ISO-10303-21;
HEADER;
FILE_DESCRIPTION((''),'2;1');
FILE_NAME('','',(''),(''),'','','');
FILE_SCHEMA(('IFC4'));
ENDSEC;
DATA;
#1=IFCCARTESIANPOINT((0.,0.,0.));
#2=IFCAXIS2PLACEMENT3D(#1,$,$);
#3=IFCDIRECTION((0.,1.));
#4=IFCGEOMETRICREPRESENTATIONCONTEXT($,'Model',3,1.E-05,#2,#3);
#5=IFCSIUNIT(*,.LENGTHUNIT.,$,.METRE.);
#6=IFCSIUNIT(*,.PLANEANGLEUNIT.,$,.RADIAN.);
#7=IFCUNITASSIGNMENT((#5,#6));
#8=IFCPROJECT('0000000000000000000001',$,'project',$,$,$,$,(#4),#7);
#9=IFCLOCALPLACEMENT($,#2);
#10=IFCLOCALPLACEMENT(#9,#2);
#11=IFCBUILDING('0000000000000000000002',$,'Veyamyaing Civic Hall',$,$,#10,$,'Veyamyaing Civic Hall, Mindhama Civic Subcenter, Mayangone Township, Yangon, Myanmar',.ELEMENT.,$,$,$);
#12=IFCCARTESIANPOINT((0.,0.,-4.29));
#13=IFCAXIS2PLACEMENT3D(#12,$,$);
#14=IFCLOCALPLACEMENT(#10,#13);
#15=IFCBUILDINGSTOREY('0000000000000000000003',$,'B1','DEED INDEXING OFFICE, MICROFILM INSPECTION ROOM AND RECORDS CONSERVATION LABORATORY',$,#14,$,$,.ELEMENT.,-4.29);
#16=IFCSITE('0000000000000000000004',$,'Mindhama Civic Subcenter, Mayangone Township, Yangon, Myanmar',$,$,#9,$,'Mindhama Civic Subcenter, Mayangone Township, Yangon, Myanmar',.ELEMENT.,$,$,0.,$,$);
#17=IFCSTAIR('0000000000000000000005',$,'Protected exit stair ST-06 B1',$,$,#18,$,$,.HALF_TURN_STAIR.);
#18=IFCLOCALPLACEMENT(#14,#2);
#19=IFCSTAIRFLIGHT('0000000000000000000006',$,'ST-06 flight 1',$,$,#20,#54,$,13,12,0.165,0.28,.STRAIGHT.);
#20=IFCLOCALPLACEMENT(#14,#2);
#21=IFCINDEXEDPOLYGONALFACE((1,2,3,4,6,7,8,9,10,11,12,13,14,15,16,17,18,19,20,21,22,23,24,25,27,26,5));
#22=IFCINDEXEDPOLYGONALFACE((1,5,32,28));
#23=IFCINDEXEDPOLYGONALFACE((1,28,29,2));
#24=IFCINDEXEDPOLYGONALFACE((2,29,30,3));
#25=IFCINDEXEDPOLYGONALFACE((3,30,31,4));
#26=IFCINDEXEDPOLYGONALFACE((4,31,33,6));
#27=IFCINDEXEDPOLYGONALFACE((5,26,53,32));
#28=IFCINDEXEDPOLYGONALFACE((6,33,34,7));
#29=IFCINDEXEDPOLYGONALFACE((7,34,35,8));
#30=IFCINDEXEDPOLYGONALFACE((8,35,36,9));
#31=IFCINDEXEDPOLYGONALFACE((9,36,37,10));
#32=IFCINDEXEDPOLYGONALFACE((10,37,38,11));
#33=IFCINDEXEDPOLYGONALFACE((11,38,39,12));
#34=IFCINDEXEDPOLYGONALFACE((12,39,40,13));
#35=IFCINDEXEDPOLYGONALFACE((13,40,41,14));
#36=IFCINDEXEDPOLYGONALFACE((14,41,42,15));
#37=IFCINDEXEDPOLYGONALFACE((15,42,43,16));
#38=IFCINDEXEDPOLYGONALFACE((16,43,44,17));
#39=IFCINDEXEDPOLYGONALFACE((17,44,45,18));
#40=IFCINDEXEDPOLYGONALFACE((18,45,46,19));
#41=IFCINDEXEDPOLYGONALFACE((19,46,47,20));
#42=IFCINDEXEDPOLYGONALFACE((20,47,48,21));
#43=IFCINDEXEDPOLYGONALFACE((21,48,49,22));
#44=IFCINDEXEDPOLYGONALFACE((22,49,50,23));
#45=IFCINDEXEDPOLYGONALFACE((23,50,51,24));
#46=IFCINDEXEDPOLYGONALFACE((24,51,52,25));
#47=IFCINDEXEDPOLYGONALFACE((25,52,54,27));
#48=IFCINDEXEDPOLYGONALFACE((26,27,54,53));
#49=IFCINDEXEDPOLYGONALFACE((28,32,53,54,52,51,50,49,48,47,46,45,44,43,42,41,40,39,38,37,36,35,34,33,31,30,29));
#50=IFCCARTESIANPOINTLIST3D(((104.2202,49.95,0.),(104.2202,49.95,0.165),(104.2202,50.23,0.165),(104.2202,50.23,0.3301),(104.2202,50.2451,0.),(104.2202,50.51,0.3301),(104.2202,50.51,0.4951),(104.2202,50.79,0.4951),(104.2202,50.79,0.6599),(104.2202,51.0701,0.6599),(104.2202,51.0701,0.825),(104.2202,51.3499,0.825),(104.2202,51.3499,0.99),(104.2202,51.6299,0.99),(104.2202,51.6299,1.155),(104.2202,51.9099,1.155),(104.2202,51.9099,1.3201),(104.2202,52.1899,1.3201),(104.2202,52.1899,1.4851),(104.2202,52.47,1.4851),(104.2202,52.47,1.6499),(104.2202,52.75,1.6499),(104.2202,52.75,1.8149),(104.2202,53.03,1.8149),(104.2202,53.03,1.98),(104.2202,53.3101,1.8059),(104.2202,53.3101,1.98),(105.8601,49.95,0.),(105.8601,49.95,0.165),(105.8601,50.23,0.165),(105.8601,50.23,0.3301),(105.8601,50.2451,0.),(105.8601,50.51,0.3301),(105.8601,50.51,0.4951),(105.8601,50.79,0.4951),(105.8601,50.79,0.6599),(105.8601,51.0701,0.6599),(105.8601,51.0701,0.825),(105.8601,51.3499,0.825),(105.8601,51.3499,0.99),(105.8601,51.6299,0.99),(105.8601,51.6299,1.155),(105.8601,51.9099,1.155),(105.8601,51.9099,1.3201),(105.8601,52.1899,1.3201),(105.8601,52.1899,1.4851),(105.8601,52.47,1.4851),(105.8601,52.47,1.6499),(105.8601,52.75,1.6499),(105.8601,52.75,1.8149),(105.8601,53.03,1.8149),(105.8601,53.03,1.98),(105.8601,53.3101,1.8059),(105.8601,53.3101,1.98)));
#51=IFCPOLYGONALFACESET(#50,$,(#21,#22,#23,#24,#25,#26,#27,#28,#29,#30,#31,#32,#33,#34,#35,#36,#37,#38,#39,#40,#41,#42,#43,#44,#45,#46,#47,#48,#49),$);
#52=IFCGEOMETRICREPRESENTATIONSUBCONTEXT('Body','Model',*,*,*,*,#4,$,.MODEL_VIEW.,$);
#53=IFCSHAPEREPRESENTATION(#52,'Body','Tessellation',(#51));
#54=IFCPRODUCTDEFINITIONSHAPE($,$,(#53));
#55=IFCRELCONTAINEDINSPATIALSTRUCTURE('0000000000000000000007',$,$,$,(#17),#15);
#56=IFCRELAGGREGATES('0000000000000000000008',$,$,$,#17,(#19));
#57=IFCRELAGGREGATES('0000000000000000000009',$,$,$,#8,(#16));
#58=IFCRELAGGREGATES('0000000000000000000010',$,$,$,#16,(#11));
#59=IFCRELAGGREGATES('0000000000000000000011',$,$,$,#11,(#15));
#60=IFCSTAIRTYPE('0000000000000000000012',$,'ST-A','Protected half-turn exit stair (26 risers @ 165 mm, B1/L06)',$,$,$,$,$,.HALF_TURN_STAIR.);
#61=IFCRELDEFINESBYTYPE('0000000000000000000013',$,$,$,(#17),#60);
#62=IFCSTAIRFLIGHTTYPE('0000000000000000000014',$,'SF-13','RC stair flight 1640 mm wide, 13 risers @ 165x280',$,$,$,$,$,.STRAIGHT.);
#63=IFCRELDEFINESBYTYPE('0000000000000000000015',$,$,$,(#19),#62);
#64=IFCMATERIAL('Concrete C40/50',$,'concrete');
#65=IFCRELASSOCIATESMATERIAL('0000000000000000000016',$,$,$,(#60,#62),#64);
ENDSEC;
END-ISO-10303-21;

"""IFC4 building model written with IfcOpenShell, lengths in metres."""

from ifc_helpers import new_model, si_unit, direction, frame, origin, place, context, subcontext, project, spatial, polyline, outline, extrude, material, type_object, element, aggregate, save


model = new_model("IFC4")

# Units and contexts
model_context = context("Model", 3, precision=1e-05, world=origin(), true_north=direction((0.0, 1.0)))
body_context = subcontext(model_context, "Body", "Model", "MODEL_VIEW")
ifc_project = project(units=[si_unit("LENGTHUNIT", "METRE"), si_unit("PLANEANGLEUNIT", "RADIAN")], contexts=[model_context])

# Site, building, storey
site_placement = place(None, origin())
site = spatial("IfcSite", under=ifc_project, at=site_placement, Name="Mindhama Civic Subcenter, Mayangone Township, Yangon, Myanmar", LongName="Mindhama Civic Subcenter, Mayangone Township, Yangon, Myanmar", CompositionType="ELEMENT", RefElevation=0.0)
building_placement = place(site_placement, origin())
building = spatial("IfcBuilding", under=site, at=building_placement, Name="Veyamyaing Civic Hall", LongName="Veyamyaing Civic Hall, Mindhama Civic Subcenter, Mayangone Township, Yangon, Myanmar", CompositionType="ELEMENT")
storey_placement = place(building_placement, frame((0.0, 0.0, -4.29)))
storey = spatial("IfcBuildingStorey", under=building, at=storey_placement, Name="B1", Description="DEED INDEXING OFFICE, MICROFILM INSPECTION ROOM AND RECORDS CONSERVATION LABORATORY", CompositionType="ELEMENT", Elevation=-4.29)

# Shared definitions
ifc_material_1 = material(Name="Concrete C40/50", Category="concrete")

# Stair, stair flight
stair_type = type_object("IfcStairType", Name="ST-A", Description="Protected half-turn exit stair (26 risers @ 165 mm, B1/L06)", PredefinedType="HALF_TURN_STAIR", material=ifc_material_1)
stair_placement = place(storey_placement, origin())
stair = element("IfcStair", 1, at=stair_placement, inside=storey, type_object=stair_type, Name="Protected exit stair ST-06 B1", PredefinedType="HALF_TURN_STAIR")
stair_flight_type = type_object("IfcStairFlightType", Name="SF-13", Description="RC stair flight 1640 mm wide, 13 risers @ 165x280", PredefinedType="STRAIGHT", material=ifc_material_1)
stair_flight_placement = place(storey_placement, frame((105.04, 49.95, 0.0), z_axis=(0.0, 0.0, 1.0), x_axis=(0.0, 1.0, 0.0)))
stair_flight = element("IfcStairFlight", 2, at=stair_flight_placement, type_object=stair_flight_type, Name="ST-06 flight 1", NumberOfRisers=13, NumberOfTreads=12, PredefinedType="STRAIGHT", RiserHeight=0.165, TreadLength=0.28, context=body_context, shape_type="SweptSolid", body=[
    extrude(outline(polyline([(0.0, 0.0), (0.0, 0.165), (0.28, 0.165), (0.28, 0.3301), (0.5601, 0.3301), (0.5601, 0.4951), (0.8401, 0.4951), (0.8401, 0.6599), (1.1201, 0.6599), (1.1201, 0.825), (1.3999, 0.825), (1.3999, 0.99), (1.6799, 0.99), (1.6799, 1.155), (1.96, 1.155), (1.96, 1.3201), (2.24, 1.3201), (2.24, 1.4851), (2.52, 1.4851), (2.52, 1.6499), (2.8, 1.6499), (2.8, 1.8149), (3.0801, 1.8149), (3.0801, 1.98), (3.3601, 1.98), (3.3601, 2.145), (3.3601, 1.8059), (0.2952, 0.0), (0.0, 0.0)])), frame((0.0, 0.8198, 0.0), z_axis=(0.0, -1.0, 0.0), x_axis=(1.0, 0.0, 0.0)), (0.0, 0.0, 1.0), 1.6399),
])
aggregate(stair, [stair_flight])

save(model, "model.ifc")
